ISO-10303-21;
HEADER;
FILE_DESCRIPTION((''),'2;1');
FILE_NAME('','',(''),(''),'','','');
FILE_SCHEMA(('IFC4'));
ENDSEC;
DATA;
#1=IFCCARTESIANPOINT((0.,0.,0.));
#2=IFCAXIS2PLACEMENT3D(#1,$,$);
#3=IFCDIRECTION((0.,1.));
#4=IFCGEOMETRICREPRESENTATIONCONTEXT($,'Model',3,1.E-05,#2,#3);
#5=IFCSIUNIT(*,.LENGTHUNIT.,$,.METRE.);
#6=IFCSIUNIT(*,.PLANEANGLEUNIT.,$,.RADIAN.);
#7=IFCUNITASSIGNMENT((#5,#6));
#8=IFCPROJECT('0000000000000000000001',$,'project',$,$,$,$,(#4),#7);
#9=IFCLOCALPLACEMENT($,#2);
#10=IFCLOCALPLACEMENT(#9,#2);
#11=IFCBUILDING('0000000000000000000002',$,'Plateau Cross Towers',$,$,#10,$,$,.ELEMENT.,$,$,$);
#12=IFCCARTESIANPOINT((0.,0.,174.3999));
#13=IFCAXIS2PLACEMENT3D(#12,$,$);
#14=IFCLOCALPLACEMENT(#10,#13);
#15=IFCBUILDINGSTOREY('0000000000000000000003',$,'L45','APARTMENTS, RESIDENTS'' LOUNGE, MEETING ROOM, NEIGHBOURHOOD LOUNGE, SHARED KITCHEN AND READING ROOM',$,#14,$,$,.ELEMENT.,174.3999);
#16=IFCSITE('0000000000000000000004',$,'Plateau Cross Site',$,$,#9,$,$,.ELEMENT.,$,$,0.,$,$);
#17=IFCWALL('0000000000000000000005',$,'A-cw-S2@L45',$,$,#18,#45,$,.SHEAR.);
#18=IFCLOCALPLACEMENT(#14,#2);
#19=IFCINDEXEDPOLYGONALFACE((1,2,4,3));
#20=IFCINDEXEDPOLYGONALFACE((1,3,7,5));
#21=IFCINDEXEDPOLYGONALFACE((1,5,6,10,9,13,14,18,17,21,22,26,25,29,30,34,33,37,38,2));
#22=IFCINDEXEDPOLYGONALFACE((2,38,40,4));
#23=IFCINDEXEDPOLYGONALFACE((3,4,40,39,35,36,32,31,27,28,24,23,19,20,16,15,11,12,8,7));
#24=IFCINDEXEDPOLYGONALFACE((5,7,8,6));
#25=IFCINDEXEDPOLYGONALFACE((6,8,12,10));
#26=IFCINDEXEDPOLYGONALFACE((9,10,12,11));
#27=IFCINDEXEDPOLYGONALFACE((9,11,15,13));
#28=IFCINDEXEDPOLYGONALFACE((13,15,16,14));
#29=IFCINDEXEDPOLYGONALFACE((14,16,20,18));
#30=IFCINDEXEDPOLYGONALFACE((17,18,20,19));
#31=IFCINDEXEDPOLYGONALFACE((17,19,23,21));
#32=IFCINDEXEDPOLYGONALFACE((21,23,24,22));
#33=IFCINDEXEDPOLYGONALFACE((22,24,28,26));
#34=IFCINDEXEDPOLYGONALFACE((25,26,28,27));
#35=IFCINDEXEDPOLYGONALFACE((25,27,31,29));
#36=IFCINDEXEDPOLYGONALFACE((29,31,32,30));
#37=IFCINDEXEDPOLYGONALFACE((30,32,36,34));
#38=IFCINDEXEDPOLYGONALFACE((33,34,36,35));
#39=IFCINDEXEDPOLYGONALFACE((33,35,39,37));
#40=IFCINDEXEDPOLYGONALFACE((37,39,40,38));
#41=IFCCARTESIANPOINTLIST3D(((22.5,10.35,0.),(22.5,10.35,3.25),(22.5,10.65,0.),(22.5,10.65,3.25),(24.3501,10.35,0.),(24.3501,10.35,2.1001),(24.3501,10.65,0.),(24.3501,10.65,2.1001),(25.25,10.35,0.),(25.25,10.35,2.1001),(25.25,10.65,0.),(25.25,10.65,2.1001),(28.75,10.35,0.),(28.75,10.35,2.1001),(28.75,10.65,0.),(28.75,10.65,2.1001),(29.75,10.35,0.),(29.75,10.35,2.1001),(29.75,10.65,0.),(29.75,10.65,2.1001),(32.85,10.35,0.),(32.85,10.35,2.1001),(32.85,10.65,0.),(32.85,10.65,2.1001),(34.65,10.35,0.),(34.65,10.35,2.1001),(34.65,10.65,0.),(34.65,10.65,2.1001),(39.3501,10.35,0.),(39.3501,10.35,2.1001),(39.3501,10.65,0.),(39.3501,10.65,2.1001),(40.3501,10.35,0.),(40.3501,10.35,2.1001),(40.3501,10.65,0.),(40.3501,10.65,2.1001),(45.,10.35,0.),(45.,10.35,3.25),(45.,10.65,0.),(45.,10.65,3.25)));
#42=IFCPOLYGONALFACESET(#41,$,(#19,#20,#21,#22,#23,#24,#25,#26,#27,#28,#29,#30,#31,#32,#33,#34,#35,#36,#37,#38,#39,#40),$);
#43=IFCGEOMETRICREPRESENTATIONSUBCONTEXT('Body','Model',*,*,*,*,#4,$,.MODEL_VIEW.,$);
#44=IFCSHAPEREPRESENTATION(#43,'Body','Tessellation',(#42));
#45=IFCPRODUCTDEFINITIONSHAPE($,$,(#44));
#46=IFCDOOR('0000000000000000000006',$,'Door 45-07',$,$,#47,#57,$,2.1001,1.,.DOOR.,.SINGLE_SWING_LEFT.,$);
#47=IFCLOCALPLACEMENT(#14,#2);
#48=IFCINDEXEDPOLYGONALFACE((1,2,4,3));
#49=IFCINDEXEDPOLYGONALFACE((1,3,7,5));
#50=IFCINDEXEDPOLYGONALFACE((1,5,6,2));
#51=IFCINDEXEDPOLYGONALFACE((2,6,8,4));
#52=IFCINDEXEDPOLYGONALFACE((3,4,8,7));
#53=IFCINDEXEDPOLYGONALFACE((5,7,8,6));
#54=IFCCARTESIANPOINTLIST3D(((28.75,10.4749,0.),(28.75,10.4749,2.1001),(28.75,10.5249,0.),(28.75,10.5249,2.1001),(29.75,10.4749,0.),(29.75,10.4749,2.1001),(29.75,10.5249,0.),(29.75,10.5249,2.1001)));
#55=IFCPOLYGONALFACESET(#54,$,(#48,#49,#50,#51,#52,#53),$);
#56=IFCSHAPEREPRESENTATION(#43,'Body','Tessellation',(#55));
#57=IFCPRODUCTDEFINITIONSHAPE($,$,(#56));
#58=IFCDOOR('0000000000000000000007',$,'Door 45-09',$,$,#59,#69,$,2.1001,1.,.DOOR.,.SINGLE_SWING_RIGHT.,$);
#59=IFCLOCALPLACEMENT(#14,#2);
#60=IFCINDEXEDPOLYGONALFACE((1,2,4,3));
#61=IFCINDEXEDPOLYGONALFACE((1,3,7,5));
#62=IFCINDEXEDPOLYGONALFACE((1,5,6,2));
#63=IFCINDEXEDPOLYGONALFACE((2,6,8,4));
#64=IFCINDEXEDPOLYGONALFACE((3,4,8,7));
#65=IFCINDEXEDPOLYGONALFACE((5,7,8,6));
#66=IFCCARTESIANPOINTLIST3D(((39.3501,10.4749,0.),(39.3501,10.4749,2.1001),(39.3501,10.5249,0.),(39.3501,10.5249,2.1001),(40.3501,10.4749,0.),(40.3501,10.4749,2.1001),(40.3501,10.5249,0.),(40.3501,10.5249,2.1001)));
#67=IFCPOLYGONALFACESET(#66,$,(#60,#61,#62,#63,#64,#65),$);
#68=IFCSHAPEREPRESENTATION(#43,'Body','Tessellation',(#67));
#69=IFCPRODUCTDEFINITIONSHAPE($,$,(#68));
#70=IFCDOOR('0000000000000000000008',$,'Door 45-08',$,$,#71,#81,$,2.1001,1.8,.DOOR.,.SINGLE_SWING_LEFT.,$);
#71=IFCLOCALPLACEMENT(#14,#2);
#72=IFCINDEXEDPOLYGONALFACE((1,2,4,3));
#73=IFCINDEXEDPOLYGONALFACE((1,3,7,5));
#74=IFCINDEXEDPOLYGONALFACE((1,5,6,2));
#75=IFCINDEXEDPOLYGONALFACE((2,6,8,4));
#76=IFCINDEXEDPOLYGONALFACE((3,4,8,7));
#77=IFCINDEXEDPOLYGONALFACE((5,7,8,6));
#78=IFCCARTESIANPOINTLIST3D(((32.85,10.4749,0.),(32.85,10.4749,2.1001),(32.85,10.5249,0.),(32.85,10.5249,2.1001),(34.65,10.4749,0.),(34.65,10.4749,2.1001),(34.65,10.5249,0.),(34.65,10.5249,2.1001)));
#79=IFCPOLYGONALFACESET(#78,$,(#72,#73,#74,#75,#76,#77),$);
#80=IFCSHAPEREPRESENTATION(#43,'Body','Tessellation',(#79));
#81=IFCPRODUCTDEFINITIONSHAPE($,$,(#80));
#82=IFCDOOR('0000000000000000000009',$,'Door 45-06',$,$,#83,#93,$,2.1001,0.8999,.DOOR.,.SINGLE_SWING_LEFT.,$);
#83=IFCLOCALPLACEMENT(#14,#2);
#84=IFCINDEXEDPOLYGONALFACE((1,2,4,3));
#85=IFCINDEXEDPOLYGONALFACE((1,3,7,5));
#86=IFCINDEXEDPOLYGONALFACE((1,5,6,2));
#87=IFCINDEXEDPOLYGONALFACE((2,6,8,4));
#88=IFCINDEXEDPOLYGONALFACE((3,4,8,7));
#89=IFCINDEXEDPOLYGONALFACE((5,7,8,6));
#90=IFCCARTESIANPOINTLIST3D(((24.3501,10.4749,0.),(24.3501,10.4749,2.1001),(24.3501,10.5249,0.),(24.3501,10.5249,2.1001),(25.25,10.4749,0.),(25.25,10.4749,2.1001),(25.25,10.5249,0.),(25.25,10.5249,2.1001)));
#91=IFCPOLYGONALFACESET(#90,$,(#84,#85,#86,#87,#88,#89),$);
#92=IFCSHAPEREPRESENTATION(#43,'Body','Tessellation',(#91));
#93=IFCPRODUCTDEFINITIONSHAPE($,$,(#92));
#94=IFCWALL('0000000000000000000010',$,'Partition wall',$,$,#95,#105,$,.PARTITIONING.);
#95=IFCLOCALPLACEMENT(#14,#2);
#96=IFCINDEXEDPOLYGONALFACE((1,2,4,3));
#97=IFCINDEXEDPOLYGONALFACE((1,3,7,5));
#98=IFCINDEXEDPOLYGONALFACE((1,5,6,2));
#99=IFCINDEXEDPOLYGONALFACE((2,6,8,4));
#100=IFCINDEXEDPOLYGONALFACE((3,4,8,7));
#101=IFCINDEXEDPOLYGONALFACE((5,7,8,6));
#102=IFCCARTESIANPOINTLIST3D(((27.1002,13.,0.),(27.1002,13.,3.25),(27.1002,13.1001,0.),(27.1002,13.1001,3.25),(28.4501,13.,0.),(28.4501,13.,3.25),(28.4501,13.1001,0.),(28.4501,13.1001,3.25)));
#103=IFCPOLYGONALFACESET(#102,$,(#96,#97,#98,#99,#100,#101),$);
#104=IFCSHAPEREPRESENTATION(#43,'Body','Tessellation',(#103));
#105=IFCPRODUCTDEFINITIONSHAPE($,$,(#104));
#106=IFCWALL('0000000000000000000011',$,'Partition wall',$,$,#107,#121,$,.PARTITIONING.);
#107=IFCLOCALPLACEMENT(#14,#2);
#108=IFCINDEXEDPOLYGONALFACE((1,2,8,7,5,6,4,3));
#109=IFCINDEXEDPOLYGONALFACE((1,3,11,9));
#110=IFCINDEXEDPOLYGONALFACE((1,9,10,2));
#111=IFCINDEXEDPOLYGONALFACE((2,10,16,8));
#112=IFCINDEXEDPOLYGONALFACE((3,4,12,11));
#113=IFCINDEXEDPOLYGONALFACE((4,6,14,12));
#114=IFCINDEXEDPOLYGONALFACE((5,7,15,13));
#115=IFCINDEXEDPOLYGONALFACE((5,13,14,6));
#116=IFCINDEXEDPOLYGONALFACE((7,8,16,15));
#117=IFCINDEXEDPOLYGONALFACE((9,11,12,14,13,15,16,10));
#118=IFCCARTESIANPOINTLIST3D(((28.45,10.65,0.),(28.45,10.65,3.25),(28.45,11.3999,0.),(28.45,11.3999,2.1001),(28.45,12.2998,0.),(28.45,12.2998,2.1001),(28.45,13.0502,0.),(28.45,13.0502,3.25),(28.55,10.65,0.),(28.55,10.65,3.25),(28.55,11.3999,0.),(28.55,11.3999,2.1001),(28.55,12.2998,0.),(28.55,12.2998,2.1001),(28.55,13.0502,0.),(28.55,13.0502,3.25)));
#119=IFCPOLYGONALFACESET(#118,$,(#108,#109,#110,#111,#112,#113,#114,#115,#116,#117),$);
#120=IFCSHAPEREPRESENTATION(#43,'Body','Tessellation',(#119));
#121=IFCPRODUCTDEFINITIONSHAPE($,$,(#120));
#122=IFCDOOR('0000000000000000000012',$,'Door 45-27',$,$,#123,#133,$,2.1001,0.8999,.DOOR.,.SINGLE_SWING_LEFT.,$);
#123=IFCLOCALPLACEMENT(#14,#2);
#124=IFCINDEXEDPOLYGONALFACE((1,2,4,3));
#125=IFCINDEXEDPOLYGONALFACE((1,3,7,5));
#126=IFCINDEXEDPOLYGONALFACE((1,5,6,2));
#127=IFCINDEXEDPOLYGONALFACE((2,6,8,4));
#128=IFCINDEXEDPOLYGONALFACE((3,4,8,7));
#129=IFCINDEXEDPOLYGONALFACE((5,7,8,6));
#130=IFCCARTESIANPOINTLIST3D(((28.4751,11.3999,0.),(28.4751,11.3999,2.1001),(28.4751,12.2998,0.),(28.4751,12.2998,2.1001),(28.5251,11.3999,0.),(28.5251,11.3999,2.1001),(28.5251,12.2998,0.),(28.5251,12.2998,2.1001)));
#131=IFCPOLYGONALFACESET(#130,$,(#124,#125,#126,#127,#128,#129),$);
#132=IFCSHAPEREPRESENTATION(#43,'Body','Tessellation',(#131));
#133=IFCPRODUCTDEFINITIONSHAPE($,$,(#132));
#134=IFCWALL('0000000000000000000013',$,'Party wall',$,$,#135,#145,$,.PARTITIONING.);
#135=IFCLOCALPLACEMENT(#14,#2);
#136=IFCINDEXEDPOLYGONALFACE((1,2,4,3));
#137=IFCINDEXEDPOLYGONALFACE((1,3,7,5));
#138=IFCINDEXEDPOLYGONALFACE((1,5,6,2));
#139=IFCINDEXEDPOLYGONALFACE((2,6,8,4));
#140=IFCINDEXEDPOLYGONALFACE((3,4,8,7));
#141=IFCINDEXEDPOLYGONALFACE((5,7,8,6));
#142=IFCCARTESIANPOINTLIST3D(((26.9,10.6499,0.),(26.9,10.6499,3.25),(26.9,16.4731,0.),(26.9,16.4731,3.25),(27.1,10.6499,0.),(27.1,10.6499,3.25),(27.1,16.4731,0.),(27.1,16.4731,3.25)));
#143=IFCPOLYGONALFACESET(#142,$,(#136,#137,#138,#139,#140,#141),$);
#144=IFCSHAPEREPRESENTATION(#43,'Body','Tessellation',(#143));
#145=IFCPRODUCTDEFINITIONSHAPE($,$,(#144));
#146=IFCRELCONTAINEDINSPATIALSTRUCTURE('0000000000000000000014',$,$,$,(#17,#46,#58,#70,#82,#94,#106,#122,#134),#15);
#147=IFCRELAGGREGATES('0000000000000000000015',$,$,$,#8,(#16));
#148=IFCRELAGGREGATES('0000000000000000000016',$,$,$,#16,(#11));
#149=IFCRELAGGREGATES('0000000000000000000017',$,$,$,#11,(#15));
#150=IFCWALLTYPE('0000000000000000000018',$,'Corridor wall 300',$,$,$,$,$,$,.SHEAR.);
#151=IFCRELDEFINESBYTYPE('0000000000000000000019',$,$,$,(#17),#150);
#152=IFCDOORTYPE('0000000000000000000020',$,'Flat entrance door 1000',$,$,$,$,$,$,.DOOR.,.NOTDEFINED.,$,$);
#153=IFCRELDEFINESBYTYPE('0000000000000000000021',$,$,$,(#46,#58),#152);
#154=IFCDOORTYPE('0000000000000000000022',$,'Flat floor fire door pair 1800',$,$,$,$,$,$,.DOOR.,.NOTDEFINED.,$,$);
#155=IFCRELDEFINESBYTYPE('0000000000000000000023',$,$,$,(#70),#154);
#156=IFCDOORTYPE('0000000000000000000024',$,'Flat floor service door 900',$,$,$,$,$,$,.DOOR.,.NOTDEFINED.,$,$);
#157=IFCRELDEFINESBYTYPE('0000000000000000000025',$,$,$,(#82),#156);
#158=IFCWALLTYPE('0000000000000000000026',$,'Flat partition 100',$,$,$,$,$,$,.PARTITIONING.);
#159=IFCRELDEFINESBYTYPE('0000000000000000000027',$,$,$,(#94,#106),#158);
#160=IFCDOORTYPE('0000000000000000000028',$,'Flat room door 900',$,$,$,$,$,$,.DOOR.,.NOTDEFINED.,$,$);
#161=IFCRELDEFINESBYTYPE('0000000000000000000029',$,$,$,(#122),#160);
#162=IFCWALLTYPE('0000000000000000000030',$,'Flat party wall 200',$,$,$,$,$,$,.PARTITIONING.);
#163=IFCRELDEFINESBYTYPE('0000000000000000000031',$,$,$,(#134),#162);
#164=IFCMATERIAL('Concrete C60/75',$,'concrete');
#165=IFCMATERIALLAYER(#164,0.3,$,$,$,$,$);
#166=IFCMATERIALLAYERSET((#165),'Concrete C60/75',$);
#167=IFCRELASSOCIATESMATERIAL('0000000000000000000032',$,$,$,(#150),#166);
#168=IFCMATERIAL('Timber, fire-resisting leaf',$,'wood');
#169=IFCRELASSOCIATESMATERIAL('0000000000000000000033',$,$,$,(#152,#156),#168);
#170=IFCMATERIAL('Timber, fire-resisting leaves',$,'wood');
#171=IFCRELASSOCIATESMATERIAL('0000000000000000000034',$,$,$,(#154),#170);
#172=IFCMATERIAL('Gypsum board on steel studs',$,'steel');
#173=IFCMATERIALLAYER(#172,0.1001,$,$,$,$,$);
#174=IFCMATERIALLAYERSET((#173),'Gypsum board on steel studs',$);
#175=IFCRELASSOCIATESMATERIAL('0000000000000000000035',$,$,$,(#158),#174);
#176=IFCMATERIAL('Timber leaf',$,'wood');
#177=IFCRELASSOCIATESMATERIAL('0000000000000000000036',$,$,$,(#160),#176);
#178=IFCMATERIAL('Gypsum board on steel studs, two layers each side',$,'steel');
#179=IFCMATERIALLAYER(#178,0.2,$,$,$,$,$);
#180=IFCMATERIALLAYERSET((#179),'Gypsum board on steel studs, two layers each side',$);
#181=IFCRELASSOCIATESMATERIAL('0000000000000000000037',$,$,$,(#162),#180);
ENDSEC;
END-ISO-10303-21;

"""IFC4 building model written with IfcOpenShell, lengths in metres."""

from ifc_helpers import new_model, si_unit, direction, frame, frame_2d, origin, place, context, subcontext, project, spatial, rectangle, extrude, material, layer, layer_set, type_object, element, fill, save


model = new_model("IFC4")

# Units and contexts
model_context = context("Model", 3, precision=1e-05, world=origin(), true_north=direction((0.0, 1.0)))
body_context = subcontext(model_context, "Body", "Model", "MODEL_VIEW")
ifc_project = project(units=[si_unit("LENGTHUNIT", "METRE"), si_unit("PLANEANGLEUNIT", "RADIAN")], contexts=[model_context])

# Site, building, storey
site_placement = place(None, origin())
site = spatial("IfcSite", under=ifc_project, at=site_placement, Name="Plateau Cross Site", CompositionType="ELEMENT", RefElevation=0.0)
building_placement = place(site_placement, origin())
building = spatial("IfcBuilding", under=site, at=building_placement, Name="Plateau Cross Towers", CompositionType="ELEMENT")
storey_placement = place(building_placement, frame((0.0, 0.0, 174.3999)))
storey = spatial("IfcBuildingStorey", under=building, at=storey_placement, Name="L45", Description="APARTMENTS, RESIDENTS' LOUNGE, MEETING ROOM, NEIGHBOURHOOD LOUNGE, SHARED KITCHEN AND READING ROOM", CompositionType="ELEMENT", Elevation=174.3999)

# Shared definitions
ifc_material_1 = material(Name="Concrete C60/75", Category="concrete")

# Wall, openings, doors
ifc_layer_1 = layer(ifc_material_1, 0.3)
ifc_layer_set_1 = layer_set([ifc_layer_1], Name="Concrete C60/75")
wall_type_1 = type_object("IfcWallType", Name="Corridor wall 300", PredefinedType="SHEAR", material=ifc_layer_set_1)
ifc_material_2 = material(Name="Timber, fire-resisting leaf", Category="wood")
door_type_1 = type_object("IfcDoorType", Name="Flat entrance door 1000", OperationType="NOTDEFINED", PredefinedType="DOOR", material=ifc_material_2)
door_type_2 = type_object("IfcDoorType", Name="Flat floor service door 900", OperationType="NOTDEFINED", PredefinedType="DOOR", material=ifc_material_2)
wall_1_placement = place(storey_placement, frame((22.5, 10.5, 0.0), z_axis=(0.0, 0.0, 1.0), x_axis=(1.0, 0.0, 0.0)))
wall_1 = element("IfcWall", 1, at=wall_1_placement, inside=storey, type_object=wall_type_1, Name="A-cw-S2@L45", PredefinedType="SHEAR", context=body_context, shape_type="SweptSolid", body=[
    extrude(rectangle(XDim=22.5, YDim=0.3, at=frame_2d((11.25, 0.0))), origin(), (0.0, 0.0, 1.0), 3.25),
])
opening_1_placement = place(wall_1_placement, frame((1.8501, 0.0, 0.0)))
opening_1 = element("IfcOpeningElement", 2, at=opening_1_placement, cuts=wall_1, PredefinedType="OPENING", context=body_context, shape_type="SweptSolid", body=[
    extrude(rectangle(XDim=0.8999, YDim=2.1001, at=frame_2d((0.45, 1.05))), frame((0.0, 0.1599, 0.0), z_axis=(0.0, -1.0, 0.0), x_axis=(1.0, 0.0, 0.0)), (0.0, 0.0, 1.0), 0.3201),
])
opening_2_placement = place(wall_1_placement, frame((6.25, 0.0, 0.0)))
opening_2 = element("IfcOpeningElement", 3, at=opening_2_placement, cuts=wall_1, PredefinedType="OPENING", context=body_context, shape_type="SweptSolid", body=[
    extrude(rectangle(XDim=1.0, YDim=2.1001, at=frame_2d((0.5, 1.05))), frame((0.0, 0.1599, 0.0), z_axis=(0.0, -1.0, 0.0), x_axis=(1.0, 0.0, 0.0)), (0.0, 0.0, 1.0), 0.3201),
])
opening_3_placement = place(wall_1_placement, frame((10.3501, 0.0, 0.0)))
opening_3 = element("IfcOpeningElement", 4, at=opening_3_placement, cuts=wall_1, PredefinedType="OPENING", context=body_context, shape_type="SweptSolid", body=[
    extrude(rectangle(XDim=1.8, YDim=2.1001, at=frame_2d((0.8999, 1.05))), frame((0.0, 0.1599, 0.0), z_axis=(0.0, -1.0, 0.0), x_axis=(1.0, 0.0, 0.0)), (0.0, 0.0, 1.0), 0.3201),
])
opening_4_placement = place(wall_1_placement, frame((16.8501, 0.0, 0.0)))
opening_4 = element("IfcOpeningElement", 5, at=opening_4_placement, cuts=wall_1, PredefinedType="OPENING", context=body_context, shape_type="SweptSolid", body=[
    extrude(rectangle(XDim=1.0, YDim=2.1001, at=frame_2d((0.5, 1.05))), frame((0.0, 0.1599, 0.0), z_axis=(0.0, -1.0, 0.0), x_axis=(1.0, 0.0, 0.0)), (0.0, 0.0, 1.0), 0.3201),
])
door_1_placement = place(opening_2_placement, origin())
door_1 = element("IfcDoor", 6, at=door_1_placement, inside=storey, type_object=door_type_1, Name="Door 45-07", OperationType="SINGLE_SWING_LEFT", OverallHeight=2.1001, OverallWidth=1.0, PredefinedType="DOOR", context=body_context, shape_type="SweptSolid", body=[
    extrude(rectangle(XDim=1.0, YDim=2.1001, at=frame_2d((0.5, 1.05))), frame((0.0, 0.0249, 0.0), z_axis=(0.0, -1.0, 0.0), x_axis=(1.0, 0.0, 0.0)), (0.0, 0.0, 1.0), 0.05),
])
fill(opening_2, door_1)
door_2_placement = place(opening_4_placement, origin())
door_2 = element("IfcDoor", 7, at=door_2_placement, inside=storey, type_object=door_type_1, Name="Door 45-09", OperationType="SINGLE_SWING_RIGHT", OverallHeight=2.1001, OverallWidth=1.0, PredefinedType="DOOR", context=body_context, shape_type="SweptSolid", body=[
    extrude(rectangle(XDim=1.0, YDim=2.1001, at=frame_2d((0.5, 1.05))), frame((0.0, 0.0249, 0.0), z_axis=(0.0, -1.0, 0.0), x_axis=(1.0, 0.0, 0.0)), (0.0, 0.0, 1.0), 0.05),
])
fill(opening_4, door_2)
ifc_material_3 = material(Name="Timber, fire-resisting leaves", Category="wood")
door_type_3 = type_object("IfcDoorType", Name="Flat floor fire door pair 1800", OperationType="NOTDEFINED", PredefinedType="DOOR", material=ifc_material_3)
door_3_placement = place(opening_3_placement, origin())
door_3 = element("IfcDoor", 8, at=door_3_placement, inside=storey, type_object=door_type_3, Name="Door 45-08", OperationType="SINGLE_SWING_LEFT", OverallHeight=2.1001, OverallWidth=1.8, PredefinedType="DOOR", context=body_context, shape_type="SweptSolid", body=[
    extrude(rectangle(XDim=1.8, YDim=2.1001, at=frame_2d((0.8999, 1.05))), frame((0.0, 0.0249, 0.0), z_axis=(0.0, -1.0, 0.0), x_axis=(1.0, 0.0, 0.0)), (0.0, 0.0, 1.0), 0.05),
])
fill(opening_3, door_3)
door_4_placement = place(opening_1_placement, origin())
door_4 = element("IfcDoor", 9, at=door_4_placement, inside=storey, type_object=door_type_2, Name="Door 45-06", OperationType="SINGLE_SWING_LEFT", OverallHeight=2.1001, OverallWidth=0.8999, PredefinedType="DOOR", context=body_context, shape_type="SweptSolid", body=[
    extrude(rectangle(XDim=0.8999, YDim=2.1001, at=frame_2d((0.45, 1.05))), frame((0.0, 0.0249, 0.0), z_axis=(0.0, -1.0, 0.0), x_axis=(1.0, 0.0, 0.0)), (0.0, 0.0, 1.0), 0.05),
])
fill(opening_1, door_4)

# Wall
ifc_material_4 = material(Name="Gypsum board on steel studs", Category="steel")
ifc_layer_2 = layer(ifc_material_4, 0.1001)
ifc_layer_set_2 = layer_set([ifc_layer_2], Name="Gypsum board on steel studs")
wall_type_2 = type_object("IfcWallType", Name="Flat partition 100", PredefinedType="PARTITIONING", material=ifc_layer_set_2)
wall_2_placement = place(storey_placement, frame((28.45, 13.05, 0.0), z_axis=(0.0, 0.0, 1.0), x_axis=(-1.0, 0.0, 0.0)))
element("IfcWall", 10, at=wall_2_placement, inside=storey, type_object=wall_type_2, Name="Partition wall", PredefinedType="PARTITIONING", context=body_context, shape_type="SweptSolid", body=[
    extrude(rectangle(XDim=1.3499, YDim=0.1001, at=frame_2d((0.6748, 0.0))), origin(), (0.0, 0.0, 1.0), 3.25),
])

# Wall, opening, door
wall_3_placement = place(storey_placement, frame((28.5, 10.6499, 0.0), z_axis=(0.0, 0.0, 1.0), x_axis=(0.0, 1.0, 0.0)))
wall_3 = element("IfcWall", 11, at=wall_3_placement, inside=storey, type_object=wall_type_2, Name="Partition wall", PredefinedType="PARTITIONING", context=body_context, shape_type="SweptSolid", body=[
    extrude(rectangle(XDim=2.4001, YDim=0.1001, at=frame_2d((1.2002, 0.0))), origin(), (0.0, 0.0, 1.0), 3.25),
])
opening_5_placement = place(wall_3_placement, frame((0.75, 0.0, 0.0)))
opening_5 = element("IfcOpeningElement", 12, at=opening_5_placement, cuts=wall_3, PredefinedType="OPENING", context=body_context, shape_type="SweptSolid", body=[
    extrude(rectangle(XDim=0.8999, YDim=2.1001, at=frame_2d((0.45, 1.05))), frame((0.0, 0.0601, 0.0), z_axis=(0.0, -1.0, 0.0), x_axis=(1.0, 0.0, 0.0)), (0.0, 0.0, 1.0), 0.1201),
])
ifc_material_5 = material(Name="Timber leaf", Category="wood")
door_type_4 = type_object("IfcDoorType", Name="Flat room door 900", OperationType="NOTDEFINED", PredefinedType="DOOR", material=ifc_material_5)
door_5_placement = place(opening_5_placement, origin())
door_5 = element("IfcDoor", 13, at=door_5_placement, inside=storey, type_object=door_type_4, Name="Door 45-27", OperationType="SINGLE_SWING_LEFT", OverallHeight=2.1001, OverallWidth=0.8999, PredefinedType="DOOR", context=body_context, shape_type="SweptSolid", body=[
    extrude(rectangle(XDim=0.8999, YDim=2.1001, at=frame_2d((0.45, 1.05))), frame((0.0, 0.0249, 0.0), z_axis=(0.0, -1.0, 0.0), x_axis=(1.0, 0.0, 0.0)), (0.0, 0.0, 1.0), 0.05),
])
fill(opening_5, door_5)

# Wall
ifc_material_6 = material(Name="Gypsum board on steel studs, two layers each side", Category="steel")
ifc_layer_3 = layer(ifc_material_6, 0.2)
ifc_layer_set_3 = layer_set([ifc_layer_3], Name="Gypsum board on steel studs, two layers each side")
wall_type_3 = type_object("IfcWallType", Name="Flat party wall 200", PredefinedType="PARTITIONING", material=ifc_layer_set_3)
wall_4_placement = place(storey_placement, frame((27.0, 10.6499, 0.0), z_axis=(0.0, 0.0, 1.0), x_axis=(0.0, 1.0, 0.0)))
element("IfcWall", 14, at=wall_4_placement, inside=storey, type_object=wall_type_3, Name="Party wall", PredefinedType="PARTITIONING", context=body_context, shape_type="SweptSolid", body=[
    extrude(rectangle(XDim=5.8232, YDim=0.2, at=frame_2d((2.9116, 0.0))), origin(), (0.0, 0.0, 1.0), 3.25),
])

save(model, "model.ifc")
